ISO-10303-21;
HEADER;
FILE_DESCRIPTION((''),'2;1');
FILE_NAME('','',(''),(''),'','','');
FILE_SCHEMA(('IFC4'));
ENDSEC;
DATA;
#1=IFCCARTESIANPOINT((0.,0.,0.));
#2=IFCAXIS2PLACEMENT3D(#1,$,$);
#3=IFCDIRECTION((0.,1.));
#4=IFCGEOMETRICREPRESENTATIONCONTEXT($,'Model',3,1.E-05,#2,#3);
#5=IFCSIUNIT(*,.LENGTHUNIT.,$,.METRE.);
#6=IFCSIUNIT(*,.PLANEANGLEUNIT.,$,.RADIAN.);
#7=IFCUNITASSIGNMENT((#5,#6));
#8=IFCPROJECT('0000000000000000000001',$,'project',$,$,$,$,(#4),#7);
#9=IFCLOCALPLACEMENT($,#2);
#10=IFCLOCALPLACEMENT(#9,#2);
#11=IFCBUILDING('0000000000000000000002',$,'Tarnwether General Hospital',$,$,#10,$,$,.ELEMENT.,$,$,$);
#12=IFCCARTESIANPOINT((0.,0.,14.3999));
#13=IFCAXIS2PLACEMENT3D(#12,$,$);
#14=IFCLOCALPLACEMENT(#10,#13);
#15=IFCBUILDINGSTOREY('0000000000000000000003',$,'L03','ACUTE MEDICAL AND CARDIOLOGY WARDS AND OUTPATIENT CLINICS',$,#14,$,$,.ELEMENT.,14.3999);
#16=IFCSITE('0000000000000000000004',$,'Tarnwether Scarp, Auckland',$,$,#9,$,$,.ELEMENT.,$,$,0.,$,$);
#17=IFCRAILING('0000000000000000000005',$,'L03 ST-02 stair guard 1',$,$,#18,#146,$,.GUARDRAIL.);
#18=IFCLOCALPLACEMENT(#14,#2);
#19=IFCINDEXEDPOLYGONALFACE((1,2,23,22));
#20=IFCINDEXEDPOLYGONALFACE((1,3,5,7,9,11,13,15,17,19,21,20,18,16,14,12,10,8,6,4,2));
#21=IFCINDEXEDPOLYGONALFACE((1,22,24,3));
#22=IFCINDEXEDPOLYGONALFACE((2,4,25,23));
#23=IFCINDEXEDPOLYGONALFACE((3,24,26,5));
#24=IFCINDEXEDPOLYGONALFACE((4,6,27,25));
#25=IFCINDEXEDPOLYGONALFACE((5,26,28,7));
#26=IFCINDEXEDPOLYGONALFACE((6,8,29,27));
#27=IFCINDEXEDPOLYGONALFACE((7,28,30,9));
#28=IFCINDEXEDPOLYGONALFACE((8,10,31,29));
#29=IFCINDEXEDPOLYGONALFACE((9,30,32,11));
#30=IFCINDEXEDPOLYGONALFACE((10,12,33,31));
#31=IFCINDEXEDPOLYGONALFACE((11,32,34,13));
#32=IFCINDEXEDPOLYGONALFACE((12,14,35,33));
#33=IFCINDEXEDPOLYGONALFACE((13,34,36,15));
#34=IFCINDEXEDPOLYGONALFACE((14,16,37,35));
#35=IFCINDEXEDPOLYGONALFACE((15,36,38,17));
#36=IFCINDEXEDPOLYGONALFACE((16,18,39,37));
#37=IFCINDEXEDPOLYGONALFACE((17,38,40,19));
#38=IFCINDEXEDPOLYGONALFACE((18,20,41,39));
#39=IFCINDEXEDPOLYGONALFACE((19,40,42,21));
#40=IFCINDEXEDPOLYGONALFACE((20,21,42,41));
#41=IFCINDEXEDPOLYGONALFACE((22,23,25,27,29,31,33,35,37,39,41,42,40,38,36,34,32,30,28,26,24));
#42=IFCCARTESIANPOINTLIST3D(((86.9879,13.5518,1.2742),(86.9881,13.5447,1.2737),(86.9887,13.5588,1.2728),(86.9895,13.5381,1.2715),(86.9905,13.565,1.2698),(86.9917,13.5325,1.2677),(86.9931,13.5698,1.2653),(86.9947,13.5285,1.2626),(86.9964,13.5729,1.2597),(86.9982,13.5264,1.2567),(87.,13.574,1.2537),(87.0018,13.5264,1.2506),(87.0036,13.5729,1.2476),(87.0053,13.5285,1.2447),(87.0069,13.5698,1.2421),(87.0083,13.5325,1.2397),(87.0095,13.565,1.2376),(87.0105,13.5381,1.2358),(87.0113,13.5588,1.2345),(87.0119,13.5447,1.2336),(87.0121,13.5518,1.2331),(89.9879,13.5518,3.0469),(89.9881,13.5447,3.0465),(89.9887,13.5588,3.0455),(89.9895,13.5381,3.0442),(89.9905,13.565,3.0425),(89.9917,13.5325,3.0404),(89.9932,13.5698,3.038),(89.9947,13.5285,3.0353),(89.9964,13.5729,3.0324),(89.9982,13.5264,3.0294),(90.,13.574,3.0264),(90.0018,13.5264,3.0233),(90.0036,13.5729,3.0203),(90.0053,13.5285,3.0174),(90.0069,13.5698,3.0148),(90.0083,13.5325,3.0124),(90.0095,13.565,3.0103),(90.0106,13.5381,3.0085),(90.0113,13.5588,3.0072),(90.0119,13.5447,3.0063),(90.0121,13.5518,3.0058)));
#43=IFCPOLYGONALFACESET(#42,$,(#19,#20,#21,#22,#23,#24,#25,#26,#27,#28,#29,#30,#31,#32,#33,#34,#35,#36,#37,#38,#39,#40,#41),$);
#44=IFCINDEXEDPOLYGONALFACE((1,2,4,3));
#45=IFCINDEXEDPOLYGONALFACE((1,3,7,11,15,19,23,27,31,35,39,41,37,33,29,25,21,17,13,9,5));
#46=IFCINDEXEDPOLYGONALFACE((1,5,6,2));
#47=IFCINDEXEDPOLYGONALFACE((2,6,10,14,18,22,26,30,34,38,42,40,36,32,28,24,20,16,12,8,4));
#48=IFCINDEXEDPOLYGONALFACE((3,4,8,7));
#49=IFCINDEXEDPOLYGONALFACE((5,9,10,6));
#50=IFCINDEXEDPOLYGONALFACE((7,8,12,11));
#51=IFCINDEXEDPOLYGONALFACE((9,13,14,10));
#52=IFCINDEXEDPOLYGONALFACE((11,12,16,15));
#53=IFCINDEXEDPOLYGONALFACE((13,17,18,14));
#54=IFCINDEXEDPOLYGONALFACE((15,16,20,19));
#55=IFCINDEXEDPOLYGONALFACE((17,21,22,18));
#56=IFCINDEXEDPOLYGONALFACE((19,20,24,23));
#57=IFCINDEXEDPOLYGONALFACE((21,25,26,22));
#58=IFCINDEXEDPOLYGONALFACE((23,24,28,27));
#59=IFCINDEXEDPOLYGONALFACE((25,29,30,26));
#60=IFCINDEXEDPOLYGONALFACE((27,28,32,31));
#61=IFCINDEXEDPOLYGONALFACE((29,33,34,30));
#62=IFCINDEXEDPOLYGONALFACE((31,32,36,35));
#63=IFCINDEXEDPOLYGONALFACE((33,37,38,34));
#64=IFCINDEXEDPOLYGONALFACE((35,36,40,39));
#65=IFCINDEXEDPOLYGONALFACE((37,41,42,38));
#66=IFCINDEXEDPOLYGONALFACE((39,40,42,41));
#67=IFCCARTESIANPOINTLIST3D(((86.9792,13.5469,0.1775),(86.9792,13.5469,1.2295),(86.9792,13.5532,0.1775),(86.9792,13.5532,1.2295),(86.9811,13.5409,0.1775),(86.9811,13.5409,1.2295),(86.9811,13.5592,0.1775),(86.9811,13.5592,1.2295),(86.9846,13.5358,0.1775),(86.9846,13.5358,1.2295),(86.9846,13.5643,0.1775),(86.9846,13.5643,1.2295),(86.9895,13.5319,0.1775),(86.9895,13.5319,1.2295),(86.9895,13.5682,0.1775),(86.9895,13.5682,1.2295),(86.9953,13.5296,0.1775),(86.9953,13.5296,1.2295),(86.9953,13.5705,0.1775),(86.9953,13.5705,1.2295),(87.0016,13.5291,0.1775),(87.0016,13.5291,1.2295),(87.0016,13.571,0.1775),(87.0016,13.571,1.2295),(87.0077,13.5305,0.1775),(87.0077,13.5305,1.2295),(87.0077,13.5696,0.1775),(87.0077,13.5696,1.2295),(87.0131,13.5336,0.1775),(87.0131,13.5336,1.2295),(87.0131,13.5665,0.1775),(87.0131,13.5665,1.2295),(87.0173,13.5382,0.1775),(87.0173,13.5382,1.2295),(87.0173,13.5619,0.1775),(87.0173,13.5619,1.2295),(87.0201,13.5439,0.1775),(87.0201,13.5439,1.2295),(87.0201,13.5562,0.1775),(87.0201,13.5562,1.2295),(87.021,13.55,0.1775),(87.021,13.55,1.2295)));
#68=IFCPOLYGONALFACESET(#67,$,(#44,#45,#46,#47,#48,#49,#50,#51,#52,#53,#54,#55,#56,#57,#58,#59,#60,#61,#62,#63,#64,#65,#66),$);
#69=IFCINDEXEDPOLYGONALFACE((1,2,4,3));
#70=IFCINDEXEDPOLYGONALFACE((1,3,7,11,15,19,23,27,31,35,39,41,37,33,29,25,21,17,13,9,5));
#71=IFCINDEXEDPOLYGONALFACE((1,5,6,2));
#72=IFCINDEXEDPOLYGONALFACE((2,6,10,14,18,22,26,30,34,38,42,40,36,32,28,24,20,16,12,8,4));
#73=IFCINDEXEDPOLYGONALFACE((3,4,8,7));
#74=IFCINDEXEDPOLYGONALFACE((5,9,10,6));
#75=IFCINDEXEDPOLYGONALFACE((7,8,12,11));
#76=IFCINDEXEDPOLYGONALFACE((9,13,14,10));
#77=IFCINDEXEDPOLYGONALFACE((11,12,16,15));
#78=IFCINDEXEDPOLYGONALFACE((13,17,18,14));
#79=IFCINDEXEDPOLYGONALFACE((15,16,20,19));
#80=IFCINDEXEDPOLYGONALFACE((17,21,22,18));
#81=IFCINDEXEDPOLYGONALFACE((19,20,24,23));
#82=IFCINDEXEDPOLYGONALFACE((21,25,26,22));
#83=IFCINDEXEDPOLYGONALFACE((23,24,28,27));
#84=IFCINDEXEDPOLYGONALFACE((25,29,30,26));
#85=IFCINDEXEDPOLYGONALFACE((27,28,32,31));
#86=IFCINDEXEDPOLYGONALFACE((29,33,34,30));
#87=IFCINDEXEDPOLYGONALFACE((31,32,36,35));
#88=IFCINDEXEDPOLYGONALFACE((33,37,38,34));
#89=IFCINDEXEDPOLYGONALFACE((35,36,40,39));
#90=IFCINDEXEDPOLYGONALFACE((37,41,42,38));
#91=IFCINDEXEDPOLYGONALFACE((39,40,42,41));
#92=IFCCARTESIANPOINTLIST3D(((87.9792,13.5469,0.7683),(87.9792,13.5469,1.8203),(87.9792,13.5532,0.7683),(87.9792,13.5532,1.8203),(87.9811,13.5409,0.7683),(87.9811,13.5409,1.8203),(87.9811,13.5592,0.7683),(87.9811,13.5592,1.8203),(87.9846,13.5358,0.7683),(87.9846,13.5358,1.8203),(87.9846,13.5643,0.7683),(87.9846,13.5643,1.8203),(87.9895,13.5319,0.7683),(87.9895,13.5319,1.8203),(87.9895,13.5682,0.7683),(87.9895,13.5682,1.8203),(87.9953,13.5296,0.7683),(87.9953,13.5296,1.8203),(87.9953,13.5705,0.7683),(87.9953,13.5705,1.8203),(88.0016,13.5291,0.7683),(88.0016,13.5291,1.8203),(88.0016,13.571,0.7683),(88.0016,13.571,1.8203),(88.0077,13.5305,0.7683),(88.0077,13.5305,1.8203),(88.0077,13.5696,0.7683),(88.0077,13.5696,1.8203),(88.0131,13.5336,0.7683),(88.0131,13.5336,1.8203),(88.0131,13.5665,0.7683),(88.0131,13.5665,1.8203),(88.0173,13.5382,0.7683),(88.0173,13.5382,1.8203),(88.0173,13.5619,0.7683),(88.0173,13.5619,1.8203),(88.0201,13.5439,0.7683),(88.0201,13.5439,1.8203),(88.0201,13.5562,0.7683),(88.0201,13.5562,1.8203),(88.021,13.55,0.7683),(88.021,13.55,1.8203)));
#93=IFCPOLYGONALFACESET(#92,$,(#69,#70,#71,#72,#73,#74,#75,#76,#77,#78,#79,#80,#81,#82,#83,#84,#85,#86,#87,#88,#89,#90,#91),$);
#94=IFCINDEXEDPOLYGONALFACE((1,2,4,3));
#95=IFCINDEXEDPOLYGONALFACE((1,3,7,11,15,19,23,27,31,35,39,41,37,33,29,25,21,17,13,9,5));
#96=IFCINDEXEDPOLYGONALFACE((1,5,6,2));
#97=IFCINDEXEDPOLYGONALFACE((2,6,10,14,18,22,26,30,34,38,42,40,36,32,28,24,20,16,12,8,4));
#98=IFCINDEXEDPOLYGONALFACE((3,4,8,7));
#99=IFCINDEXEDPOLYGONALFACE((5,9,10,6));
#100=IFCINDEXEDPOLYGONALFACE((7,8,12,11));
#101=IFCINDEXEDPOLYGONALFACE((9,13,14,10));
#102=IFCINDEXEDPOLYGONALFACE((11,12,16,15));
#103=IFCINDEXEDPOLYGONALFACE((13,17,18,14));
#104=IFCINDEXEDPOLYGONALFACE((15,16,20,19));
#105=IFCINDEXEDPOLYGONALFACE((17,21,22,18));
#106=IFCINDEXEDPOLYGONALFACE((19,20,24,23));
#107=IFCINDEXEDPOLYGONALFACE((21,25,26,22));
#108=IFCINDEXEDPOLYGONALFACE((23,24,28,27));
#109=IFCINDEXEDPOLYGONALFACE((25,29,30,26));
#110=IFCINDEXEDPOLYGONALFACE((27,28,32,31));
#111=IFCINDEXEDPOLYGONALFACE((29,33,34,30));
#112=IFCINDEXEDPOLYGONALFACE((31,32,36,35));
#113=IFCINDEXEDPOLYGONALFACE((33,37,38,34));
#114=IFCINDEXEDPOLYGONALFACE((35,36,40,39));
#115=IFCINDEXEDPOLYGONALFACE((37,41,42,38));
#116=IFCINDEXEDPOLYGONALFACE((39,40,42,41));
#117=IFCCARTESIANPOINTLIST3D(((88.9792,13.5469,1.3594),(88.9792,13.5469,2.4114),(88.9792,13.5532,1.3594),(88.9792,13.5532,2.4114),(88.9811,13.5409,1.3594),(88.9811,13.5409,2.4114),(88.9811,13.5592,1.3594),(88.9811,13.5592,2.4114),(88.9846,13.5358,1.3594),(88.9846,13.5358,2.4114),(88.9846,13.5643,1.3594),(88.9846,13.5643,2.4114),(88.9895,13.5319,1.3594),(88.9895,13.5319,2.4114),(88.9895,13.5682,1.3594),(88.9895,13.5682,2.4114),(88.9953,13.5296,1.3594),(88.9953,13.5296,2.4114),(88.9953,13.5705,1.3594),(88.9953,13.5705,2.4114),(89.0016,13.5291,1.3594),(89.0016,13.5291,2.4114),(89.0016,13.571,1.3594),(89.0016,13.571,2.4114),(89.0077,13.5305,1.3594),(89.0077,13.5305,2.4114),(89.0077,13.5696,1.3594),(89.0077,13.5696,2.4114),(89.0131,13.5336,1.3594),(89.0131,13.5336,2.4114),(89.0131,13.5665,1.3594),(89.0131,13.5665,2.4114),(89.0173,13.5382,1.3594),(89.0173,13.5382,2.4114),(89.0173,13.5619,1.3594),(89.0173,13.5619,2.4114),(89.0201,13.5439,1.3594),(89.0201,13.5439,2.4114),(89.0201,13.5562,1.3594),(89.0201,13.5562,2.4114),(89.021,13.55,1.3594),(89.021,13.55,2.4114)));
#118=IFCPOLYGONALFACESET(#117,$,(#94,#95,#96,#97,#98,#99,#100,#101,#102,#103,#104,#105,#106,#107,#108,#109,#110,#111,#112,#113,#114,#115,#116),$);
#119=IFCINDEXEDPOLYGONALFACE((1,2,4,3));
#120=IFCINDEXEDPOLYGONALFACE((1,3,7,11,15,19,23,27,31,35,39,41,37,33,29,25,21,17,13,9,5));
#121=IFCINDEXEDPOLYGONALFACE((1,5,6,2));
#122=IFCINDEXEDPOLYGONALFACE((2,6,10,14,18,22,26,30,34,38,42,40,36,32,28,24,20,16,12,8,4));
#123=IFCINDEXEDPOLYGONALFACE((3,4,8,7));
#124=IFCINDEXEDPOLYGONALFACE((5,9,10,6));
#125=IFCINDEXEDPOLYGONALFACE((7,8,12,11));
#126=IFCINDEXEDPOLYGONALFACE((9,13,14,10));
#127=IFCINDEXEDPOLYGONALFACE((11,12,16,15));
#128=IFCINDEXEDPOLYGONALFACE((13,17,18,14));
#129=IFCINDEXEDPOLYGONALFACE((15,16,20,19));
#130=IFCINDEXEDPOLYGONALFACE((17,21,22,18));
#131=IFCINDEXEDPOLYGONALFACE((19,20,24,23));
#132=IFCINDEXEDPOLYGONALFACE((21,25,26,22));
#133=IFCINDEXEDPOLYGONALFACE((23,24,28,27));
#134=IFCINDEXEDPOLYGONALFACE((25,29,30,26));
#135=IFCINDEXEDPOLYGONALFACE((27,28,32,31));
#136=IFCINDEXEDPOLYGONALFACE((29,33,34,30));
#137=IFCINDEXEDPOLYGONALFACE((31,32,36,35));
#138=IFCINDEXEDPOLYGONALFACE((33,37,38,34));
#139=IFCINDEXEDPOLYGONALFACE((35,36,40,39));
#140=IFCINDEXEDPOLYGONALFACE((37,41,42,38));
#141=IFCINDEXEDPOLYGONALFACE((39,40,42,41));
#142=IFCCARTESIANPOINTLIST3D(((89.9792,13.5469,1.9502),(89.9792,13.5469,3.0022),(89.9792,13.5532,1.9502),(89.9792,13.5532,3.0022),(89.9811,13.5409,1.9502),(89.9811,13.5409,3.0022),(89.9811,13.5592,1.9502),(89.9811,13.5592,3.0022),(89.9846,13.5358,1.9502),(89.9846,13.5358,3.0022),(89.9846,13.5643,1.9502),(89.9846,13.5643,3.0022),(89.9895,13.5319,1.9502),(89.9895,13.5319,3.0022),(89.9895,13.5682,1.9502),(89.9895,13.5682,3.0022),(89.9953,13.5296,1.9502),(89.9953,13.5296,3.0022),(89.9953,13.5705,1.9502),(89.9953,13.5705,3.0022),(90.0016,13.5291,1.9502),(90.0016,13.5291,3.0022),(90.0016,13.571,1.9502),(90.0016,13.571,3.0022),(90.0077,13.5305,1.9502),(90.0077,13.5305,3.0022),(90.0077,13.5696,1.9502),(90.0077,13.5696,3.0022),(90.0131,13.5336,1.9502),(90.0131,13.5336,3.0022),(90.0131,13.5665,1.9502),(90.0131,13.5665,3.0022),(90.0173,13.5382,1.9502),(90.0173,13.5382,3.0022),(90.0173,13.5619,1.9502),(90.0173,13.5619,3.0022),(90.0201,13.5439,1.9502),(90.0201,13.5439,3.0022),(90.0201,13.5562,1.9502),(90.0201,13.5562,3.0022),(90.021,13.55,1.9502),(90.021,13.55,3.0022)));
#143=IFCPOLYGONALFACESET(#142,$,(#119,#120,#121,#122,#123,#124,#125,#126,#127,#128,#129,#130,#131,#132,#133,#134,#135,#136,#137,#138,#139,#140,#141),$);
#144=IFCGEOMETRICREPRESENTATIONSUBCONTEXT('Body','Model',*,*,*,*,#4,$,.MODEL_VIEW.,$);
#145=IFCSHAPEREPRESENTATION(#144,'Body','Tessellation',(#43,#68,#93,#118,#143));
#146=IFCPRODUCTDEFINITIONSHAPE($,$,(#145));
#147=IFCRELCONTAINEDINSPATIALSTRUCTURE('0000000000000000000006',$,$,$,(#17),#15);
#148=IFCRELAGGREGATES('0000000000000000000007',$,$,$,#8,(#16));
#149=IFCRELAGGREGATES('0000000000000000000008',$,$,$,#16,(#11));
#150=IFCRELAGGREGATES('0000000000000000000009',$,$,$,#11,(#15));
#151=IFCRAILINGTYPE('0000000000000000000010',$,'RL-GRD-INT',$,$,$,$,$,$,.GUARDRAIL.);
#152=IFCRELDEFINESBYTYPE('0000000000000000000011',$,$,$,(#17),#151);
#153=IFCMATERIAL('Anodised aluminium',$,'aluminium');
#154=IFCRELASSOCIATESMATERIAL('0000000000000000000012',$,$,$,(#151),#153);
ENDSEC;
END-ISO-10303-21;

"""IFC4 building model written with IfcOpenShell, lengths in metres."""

from ifc_helpers import new_model, si_unit, direction, frame, origin, origin_2d, place, context, subcontext, project, spatial, circle, extrude, material, type_object, element, save


model = new_model("IFC4")

# Units and contexts
model_context = context("Model", 3, precision=1e-05, world=origin(), true_north=direction((0.0, 1.0)))
body_context = subcontext(model_context, "Body", "Model", "MODEL_VIEW")
ifc_project = project(units=[si_unit("LENGTHUNIT", "METRE"), si_unit("PLANEANGLEUNIT", "RADIAN")], contexts=[model_context])

# Site, building, storey
site_placement = place(None, origin())
site = spatial("IfcSite", under=ifc_project, at=site_placement, Name="Tarnwether Scarp, Auckland", CompositionType="ELEMENT", RefElevation=0.0)
building_placement = place(site_placement, origin())
building = spatial("IfcBuilding", under=site, at=building_placement, Name="Tarnwether General Hospital", CompositionType="ELEMENT")
storey_placement = place(building_placement, frame((0.0, 0.0, 14.3999)))
storey = spatial("IfcBuildingStorey", under=building, at=storey_placement, Name="L03", Description="ACUTE MEDICAL AND CARDIOLOGY WARDS AND OUTPATIENT CLINICS", CompositionType="ELEMENT", Elevation=14.3999)

# Railing
ifc_material_1 = material(Name="Anodised aluminium", Category="aluminium")
railing_type_1 = type_object("IfcRailingType", Name="RL-GRD-INT", PredefinedType="GUARDRAIL", material=ifc_material_1)
railing_1_placement = place(storey_placement, frame((87.0, 13.55, 0.1775)))
element("IfcRailing", 1, at=railing_1_placement, inside=storey, type_object=railing_type_1, Name="L03 ST-02 stair guard 1", PredefinedType="GUARDRAIL", context=body_context, shape_type="SweptSolid", body=[
    extrude(circle(Radius=0.0239, at=origin_2d()), frame((0.0, 0.0, 1.0762), z_axis=(0.860929, 0.0, 0.508725), x_axis=(0.0, 1.0, 0.0)), (0.0, 0.0, 1.0), 3.4846),
    extrude(circle(Radius=0.021, at=origin_2d()), origin(), (0.0, 0.0, 1.0), 1.052),
    extrude(circle(Radius=0.021, at=origin_2d()), frame((1.0, 0.0, 0.5908)), (0.0, 0.0, 1.0), 1.052),
    extrude(circle(Radius=0.021, at=origin_2d()), frame((2.0, 0.0, 1.1819)), (0.0, 0.0, 1.0), 1.052),
    extrude(circle(Radius=0.021, at=origin_2d()), frame((3.0, 0.0, 1.7727)), (0.0, 0.0, 1.0), 1.052),
])

save(model, "model.ifc")
